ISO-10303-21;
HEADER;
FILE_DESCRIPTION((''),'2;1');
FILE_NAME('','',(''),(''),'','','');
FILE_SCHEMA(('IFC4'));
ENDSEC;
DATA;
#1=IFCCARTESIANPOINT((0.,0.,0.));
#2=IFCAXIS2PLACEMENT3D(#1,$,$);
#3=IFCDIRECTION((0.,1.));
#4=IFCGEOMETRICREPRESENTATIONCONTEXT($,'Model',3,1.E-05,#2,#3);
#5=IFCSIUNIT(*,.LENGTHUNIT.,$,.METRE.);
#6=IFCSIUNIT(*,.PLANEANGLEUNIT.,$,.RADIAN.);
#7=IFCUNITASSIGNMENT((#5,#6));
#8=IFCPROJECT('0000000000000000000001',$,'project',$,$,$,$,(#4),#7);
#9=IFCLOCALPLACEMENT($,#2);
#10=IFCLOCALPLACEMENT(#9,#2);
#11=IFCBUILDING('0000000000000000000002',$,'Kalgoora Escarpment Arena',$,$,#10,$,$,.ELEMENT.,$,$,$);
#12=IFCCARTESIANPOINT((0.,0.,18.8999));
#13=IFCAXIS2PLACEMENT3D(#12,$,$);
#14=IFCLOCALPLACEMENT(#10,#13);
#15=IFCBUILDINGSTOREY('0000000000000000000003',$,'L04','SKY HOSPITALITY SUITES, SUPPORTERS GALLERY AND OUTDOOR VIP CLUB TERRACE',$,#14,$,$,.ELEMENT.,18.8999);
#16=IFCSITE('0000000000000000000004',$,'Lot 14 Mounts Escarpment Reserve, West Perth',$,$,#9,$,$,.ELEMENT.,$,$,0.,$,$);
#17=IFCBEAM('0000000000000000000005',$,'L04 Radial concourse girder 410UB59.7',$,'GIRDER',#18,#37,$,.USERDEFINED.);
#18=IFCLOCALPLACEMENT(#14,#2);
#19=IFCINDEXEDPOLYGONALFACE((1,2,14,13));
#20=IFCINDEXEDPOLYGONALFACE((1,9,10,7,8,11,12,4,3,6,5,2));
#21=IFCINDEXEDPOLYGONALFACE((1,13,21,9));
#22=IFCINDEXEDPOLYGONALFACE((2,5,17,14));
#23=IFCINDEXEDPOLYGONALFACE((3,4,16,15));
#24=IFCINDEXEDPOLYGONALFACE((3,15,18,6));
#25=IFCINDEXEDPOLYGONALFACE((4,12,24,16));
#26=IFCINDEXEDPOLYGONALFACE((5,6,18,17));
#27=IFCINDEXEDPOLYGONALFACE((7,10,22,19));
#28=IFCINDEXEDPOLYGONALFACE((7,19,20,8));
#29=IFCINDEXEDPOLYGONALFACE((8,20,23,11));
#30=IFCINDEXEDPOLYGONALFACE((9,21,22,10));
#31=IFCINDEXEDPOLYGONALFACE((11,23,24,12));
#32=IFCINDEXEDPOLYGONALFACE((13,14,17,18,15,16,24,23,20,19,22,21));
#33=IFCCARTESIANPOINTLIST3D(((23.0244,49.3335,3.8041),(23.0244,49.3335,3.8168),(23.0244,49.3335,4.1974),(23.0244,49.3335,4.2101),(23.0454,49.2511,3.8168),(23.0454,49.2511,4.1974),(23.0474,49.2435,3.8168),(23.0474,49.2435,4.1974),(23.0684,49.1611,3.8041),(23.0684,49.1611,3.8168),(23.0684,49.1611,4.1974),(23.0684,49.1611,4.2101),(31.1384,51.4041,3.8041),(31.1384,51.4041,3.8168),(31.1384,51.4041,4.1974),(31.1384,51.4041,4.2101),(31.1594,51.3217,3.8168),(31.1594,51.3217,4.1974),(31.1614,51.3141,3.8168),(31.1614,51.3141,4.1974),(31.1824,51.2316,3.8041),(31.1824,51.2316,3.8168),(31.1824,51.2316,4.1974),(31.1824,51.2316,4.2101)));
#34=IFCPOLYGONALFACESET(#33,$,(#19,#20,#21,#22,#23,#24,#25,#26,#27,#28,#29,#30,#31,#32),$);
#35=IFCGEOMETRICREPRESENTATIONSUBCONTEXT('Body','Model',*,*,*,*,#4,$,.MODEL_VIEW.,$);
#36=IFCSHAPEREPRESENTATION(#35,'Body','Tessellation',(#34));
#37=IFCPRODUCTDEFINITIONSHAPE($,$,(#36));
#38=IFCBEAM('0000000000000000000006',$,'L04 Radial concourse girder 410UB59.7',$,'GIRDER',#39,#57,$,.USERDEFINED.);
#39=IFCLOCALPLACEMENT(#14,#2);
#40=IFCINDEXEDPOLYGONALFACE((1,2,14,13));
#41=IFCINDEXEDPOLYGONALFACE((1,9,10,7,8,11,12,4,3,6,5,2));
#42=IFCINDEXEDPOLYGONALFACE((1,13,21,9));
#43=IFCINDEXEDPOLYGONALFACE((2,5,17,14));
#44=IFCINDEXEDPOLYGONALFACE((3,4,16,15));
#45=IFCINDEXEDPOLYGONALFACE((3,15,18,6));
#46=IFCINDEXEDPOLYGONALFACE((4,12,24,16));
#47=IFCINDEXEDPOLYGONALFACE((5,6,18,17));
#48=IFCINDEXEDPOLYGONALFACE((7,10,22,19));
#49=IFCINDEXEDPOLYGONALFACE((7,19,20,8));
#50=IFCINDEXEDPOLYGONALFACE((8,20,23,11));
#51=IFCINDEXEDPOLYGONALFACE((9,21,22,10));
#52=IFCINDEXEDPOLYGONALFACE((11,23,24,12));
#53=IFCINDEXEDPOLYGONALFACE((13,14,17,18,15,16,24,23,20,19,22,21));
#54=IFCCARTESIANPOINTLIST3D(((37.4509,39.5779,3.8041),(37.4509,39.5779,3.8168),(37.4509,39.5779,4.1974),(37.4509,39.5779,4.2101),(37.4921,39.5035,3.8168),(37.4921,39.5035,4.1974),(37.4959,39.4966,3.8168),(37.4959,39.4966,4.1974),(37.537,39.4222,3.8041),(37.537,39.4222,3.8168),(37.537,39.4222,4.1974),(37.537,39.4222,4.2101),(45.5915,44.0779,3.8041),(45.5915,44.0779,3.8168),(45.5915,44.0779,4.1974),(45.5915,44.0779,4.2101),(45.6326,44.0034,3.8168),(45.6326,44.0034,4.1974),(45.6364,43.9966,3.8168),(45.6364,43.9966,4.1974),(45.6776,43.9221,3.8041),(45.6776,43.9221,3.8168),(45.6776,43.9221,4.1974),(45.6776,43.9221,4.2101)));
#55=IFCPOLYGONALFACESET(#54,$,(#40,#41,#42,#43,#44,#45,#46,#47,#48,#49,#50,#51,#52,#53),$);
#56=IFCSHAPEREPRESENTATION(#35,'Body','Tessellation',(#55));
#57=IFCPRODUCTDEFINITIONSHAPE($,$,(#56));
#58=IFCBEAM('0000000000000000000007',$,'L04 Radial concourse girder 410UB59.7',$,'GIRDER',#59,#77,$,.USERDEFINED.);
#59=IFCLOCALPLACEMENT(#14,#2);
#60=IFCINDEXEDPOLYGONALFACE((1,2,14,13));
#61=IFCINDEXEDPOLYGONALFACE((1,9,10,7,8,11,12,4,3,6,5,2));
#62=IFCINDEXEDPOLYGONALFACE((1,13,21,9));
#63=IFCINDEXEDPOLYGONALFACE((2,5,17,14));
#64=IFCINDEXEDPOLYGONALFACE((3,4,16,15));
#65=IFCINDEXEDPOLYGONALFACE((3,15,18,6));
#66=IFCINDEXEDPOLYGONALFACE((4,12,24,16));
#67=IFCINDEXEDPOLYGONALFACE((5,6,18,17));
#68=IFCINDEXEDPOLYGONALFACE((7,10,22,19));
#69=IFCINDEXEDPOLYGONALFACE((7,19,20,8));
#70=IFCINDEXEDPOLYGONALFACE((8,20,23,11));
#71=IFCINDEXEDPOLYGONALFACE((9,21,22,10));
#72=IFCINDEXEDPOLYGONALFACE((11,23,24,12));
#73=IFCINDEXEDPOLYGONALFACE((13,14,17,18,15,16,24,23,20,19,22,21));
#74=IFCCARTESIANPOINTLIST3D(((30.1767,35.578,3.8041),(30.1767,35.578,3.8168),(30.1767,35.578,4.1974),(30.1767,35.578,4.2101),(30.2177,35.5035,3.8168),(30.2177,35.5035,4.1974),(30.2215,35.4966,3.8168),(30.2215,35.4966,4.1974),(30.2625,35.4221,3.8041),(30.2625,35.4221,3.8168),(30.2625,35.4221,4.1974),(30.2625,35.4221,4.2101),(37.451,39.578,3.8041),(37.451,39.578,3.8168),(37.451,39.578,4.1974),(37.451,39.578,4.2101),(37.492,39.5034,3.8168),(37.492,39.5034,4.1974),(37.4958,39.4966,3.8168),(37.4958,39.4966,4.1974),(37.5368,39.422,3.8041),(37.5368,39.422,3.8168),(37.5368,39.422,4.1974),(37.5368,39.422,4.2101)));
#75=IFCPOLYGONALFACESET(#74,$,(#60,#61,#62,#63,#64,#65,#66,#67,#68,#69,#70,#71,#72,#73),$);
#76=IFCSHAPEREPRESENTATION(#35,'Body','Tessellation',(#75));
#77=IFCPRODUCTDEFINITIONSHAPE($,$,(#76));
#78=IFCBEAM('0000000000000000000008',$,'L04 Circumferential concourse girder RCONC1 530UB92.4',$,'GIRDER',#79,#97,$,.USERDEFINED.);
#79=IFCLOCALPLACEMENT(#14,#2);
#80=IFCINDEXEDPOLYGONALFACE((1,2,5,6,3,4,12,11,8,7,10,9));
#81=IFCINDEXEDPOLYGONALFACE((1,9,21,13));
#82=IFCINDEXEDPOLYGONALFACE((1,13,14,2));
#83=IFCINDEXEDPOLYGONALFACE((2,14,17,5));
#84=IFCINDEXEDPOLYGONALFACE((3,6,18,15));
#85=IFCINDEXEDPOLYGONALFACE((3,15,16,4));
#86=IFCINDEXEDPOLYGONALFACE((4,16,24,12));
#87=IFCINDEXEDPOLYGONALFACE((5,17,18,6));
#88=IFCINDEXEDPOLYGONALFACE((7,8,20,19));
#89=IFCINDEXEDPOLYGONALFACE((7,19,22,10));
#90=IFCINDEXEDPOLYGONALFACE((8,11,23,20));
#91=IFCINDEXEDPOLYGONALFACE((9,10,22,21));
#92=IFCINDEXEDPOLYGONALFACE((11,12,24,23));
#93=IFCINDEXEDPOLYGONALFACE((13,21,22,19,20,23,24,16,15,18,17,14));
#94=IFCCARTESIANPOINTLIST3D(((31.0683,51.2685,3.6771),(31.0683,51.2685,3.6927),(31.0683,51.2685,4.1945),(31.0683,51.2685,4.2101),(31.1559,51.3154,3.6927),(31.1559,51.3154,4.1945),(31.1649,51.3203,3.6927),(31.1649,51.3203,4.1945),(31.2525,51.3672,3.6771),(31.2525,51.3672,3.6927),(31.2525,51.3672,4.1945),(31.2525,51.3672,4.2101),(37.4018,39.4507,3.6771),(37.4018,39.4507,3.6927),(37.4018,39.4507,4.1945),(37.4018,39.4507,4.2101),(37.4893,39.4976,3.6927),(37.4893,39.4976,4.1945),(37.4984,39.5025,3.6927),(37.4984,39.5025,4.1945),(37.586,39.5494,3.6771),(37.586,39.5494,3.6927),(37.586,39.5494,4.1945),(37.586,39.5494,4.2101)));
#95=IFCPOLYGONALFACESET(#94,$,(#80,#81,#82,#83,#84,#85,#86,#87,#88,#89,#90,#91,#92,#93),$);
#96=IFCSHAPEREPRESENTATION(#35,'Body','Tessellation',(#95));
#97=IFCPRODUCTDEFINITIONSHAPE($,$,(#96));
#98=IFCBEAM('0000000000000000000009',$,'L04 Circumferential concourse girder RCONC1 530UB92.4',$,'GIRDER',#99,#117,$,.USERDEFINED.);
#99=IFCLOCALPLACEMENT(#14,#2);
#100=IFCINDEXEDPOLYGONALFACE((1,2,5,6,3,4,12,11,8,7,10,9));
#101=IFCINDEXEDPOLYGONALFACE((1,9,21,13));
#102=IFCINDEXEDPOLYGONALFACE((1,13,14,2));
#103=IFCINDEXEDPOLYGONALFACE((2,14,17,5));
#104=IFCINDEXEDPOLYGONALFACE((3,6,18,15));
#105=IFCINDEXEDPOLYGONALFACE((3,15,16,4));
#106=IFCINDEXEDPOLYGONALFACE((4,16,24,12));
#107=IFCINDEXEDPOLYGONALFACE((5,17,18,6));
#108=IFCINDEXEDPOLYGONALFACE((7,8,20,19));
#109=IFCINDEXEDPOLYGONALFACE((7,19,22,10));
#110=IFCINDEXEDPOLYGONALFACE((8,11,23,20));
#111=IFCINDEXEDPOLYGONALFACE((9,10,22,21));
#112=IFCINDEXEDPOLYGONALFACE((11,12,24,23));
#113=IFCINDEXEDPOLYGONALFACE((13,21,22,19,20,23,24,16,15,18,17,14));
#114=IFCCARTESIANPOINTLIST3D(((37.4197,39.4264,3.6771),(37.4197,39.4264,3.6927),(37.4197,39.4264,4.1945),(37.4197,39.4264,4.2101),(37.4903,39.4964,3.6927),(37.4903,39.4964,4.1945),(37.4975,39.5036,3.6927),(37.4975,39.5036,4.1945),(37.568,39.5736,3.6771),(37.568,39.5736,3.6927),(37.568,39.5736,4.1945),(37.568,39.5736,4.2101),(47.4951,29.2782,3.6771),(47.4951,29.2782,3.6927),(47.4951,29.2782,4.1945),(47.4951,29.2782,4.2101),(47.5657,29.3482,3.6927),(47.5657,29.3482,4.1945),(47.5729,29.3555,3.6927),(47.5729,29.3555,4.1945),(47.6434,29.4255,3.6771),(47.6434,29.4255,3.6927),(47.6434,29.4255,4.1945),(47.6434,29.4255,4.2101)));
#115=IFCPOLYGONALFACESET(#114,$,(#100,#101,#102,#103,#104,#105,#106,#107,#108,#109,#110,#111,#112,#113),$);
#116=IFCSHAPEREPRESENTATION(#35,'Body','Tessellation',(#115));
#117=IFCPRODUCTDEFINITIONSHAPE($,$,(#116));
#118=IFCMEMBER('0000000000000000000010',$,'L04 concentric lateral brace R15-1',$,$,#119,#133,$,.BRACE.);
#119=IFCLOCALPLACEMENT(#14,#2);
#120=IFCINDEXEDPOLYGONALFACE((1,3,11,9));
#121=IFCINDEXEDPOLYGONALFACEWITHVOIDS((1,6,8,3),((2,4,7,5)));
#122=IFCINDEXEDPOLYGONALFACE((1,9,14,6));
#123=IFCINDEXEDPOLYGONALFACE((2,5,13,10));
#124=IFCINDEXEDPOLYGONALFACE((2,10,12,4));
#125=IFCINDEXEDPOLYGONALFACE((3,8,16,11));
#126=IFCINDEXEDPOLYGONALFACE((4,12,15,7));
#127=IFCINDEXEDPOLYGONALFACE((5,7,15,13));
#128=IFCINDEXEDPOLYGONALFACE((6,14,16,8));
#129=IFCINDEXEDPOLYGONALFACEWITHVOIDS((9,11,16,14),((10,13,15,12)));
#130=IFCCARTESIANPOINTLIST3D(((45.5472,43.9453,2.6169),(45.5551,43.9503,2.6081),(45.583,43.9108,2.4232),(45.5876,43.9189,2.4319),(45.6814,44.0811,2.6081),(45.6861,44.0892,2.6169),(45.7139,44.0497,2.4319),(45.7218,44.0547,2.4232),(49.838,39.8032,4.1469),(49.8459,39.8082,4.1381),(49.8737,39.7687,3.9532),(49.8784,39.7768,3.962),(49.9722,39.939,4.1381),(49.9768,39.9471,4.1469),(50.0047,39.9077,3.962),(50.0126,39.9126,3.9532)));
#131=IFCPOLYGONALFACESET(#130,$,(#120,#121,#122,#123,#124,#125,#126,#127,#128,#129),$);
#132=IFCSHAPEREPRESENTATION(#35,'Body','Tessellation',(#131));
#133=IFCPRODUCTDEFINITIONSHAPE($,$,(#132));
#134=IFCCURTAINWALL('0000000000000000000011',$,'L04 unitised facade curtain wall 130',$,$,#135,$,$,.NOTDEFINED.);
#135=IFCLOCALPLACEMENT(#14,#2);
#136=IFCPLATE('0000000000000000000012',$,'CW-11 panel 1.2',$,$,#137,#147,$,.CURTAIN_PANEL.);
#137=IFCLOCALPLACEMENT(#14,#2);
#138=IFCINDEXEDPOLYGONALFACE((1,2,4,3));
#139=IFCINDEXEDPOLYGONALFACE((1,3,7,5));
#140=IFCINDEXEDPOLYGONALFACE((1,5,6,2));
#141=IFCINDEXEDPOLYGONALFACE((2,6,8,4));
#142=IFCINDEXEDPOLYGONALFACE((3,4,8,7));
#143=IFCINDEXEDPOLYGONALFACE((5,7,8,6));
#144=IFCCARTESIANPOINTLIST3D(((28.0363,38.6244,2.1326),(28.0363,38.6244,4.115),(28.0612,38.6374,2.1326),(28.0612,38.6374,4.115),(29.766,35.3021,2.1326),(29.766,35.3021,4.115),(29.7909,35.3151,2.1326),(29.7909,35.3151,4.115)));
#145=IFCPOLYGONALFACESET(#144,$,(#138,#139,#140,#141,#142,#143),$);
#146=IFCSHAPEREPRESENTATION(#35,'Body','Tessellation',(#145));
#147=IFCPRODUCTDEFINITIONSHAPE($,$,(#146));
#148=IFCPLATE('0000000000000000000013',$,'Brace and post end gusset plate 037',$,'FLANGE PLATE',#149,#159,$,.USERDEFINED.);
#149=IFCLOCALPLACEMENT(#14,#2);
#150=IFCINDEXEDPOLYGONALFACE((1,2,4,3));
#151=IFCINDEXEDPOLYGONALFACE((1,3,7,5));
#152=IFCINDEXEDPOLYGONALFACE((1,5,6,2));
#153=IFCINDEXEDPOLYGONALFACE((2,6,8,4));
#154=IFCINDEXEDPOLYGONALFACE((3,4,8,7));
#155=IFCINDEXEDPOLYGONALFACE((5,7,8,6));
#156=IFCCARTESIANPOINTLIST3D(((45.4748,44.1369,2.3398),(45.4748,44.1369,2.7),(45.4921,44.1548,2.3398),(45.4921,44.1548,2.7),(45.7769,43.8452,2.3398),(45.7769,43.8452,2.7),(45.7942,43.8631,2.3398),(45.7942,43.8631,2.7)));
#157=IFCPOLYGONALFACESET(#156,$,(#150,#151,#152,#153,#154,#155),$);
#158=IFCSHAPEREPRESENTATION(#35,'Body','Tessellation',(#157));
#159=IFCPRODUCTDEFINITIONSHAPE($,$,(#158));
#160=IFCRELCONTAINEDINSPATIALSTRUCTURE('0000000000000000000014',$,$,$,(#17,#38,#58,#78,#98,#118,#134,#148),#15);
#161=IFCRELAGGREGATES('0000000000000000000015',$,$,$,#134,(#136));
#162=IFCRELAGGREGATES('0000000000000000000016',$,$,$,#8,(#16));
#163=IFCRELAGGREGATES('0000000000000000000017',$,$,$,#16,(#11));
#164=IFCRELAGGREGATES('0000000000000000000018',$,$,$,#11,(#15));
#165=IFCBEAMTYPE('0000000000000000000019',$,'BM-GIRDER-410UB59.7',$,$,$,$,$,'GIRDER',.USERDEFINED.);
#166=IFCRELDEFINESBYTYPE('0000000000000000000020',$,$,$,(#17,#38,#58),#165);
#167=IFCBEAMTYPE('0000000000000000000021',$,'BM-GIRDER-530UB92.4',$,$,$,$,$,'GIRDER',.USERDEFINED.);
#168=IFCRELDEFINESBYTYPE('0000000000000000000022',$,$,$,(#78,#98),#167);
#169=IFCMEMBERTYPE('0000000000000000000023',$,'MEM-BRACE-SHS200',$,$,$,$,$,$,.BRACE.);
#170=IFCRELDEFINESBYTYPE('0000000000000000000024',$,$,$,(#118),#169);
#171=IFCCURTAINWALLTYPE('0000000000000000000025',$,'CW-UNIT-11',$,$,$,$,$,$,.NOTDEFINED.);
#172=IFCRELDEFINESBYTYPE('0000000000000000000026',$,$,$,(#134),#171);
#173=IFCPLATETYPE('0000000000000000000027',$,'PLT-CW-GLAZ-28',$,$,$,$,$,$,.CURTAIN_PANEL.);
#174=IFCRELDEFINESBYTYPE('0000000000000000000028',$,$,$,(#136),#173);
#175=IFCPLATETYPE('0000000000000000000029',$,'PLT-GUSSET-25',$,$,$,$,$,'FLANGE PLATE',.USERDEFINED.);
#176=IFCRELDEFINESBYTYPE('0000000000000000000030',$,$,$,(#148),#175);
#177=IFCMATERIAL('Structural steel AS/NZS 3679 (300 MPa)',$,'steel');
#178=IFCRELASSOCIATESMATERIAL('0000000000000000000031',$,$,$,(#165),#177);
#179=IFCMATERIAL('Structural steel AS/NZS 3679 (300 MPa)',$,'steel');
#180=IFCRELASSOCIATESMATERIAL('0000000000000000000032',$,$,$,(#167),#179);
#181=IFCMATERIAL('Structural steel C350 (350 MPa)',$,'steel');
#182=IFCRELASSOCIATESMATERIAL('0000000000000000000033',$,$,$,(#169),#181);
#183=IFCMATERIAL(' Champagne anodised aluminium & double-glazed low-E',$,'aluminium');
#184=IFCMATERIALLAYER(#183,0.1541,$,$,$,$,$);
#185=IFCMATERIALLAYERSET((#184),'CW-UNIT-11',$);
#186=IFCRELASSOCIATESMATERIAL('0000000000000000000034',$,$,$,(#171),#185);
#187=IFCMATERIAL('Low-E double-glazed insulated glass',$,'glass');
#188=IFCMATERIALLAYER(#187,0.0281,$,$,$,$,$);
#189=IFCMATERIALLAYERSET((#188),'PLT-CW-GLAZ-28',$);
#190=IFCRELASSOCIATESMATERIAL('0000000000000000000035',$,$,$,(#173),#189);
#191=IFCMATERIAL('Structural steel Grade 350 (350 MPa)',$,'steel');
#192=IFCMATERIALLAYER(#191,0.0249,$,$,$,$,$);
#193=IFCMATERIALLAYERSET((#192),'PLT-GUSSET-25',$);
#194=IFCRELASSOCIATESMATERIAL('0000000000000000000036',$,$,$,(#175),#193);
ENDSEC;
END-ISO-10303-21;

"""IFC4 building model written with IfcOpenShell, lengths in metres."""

from ifc_helpers import new_model, si_unit, direction, frame, origin, origin_2d, place, context, subcontext, project, spatial, rectangle, hollow_rectangle, i_section, extrude, material, layer, layer_set, material_profile, profile_set, type_object, element, aggregate, save


model = new_model("IFC4")

# Units and contexts
model_context = context("Model", 3, precision=1e-05, world=origin(), true_north=direction((0.0, 1.0)))
body_context = subcontext(model_context, "Body", "Model", "MODEL_VIEW")
ifc_project = project(units=[si_unit("LENGTHUNIT", "METRE"), si_unit("PLANEANGLEUNIT", "RADIAN")], contexts=[model_context])

# Site, building, storey
site_placement = place(None, origin())
site = spatial("IfcSite", under=ifc_project, at=site_placement, Name="Lot 14 Mounts Escarpment Reserve, West Perth", CompositionType="ELEMENT", RefElevation=0.0)
building_placement = place(site_placement, origin())
building = spatial("IfcBuilding", under=site, at=building_placement, Name="Kalgoora Escarpment Arena", CompositionType="ELEMENT")
storey_placement = place(building_placement, frame((0.0, 0.0, 18.8999)))
storey = spatial("IfcBuildingStorey", under=building, at=storey_placement, Name="L04", Description="SKY HOSPITALITY SUITES, SUPPORTERS GALLERY AND OUTDOOR VIP CLUB TERRACE", CompositionType="ELEMENT", Elevation=18.8999)

# Beams
ifc_material_1 = material(Name="Structural steel AS/NZS 3679 (300 MPa)", Category="steel")
ifc_material_profile_1 = material_profile(ifc_material_1, i_section(OverallWidth=0.178, OverallDepth=0.406, WebThickness=0.0078, FlangeThickness=0.0127, at=origin_2d()))
ifc_profile_set_1 = profile_set([ifc_material_profile_1], Name="Structural steel AS/NZS 3679 (300 MPa)")
beam_type_1 = type_object("IfcBeamType", Name="BM-GIRDER-410UB59.7", ElementType="GIRDER", PredefinedType="USERDEFINED", material=ifc_profile_set_1)
beam_1_placement = place(storey_placement, frame((31.1604, 51.3179, 4.0071), z_axis=(-0.968949, -0.247259, 0.0), x_axis=(0.247259, -0.968949, 0.0)))
element("IfcBeam", 1, at=beam_1_placement, inside=storey, type_object=beam_type_1, Name="L04 Radial concourse girder 410UB59.7", ObjectType="GIRDER", PredefinedType="USERDEFINED", context=body_context, shape_type="SweptSolid", body=[
    extrude(i_section(OverallWidth=0.178, OverallDepth=0.406, WebThickness=0.0078, FlangeThickness=0.0127, at=origin_2d()), origin(), (0.0, 0.0, 1.0), 8.374),
])
beam_2_placement = place(storey_placement, frame((45.6345, 44.0, 4.0071), z_axis=(-0.875185, -0.483788, 0.0), x_axis=(0.483788, -0.875185, 0.0)))
element("IfcBeam", 2, at=beam_2_placement, inside=storey, type_object=beam_type_1, Name="L04 Radial concourse girder 410UB59.7", ObjectType="GIRDER", PredefinedType="USERDEFINED", context=body_context, shape_type="SweptSolid", body=[
    extrude(i_section(OverallWidth=0.178, OverallDepth=0.406, WebThickness=0.0078, FlangeThickness=0.0127, at=origin_2d()), origin(), (0.0, 0.0, 1.0), 9.3015),
])
beam_3_placement = place(storey_placement, frame((37.4939, 39.5, 4.0071), z_axis=(-0.876263, -0.481833, 0.0), x_axis=(0.481833, -0.876263, 0.0)))
element("IfcBeam", 3, at=beam_3_placement, inside=storey, type_object=beam_type_1, Name="L04 Radial concourse girder 410UB59.7", ObjectType="GIRDER", PredefinedType="USERDEFINED", context=body_context, shape_type="SweptSolid", body=[
    extrude(i_section(OverallWidth=0.178, OverallDepth=0.406, WebThickness=0.0078, FlangeThickness=0.0127, at=origin_2d()), origin(), (0.0, 0.0, 1.0), 8.3015),
])
ifc_material_2 = material(Name="Structural steel AS/NZS 3679 (300 MPa)", Category="steel")
ifc_material_profile_2 = material_profile(ifc_material_2, i_section(OverallWidth=0.209, OverallDepth=0.533, WebThickness=0.0103, FlangeThickness=0.0156, at=origin_2d()))
ifc_profile_set_2 = profile_set([ifc_material_profile_2], Name="Structural steel AS/NZS 3679 (300 MPa)")
beam_type_2 = type_object("IfcBeamType", Name="BM-GIRDER-530UB92.4", ElementType="GIRDER", PredefinedType="USERDEFINED", material=ifc_profile_set_2)
beam_4_placement = place(storey_placement, frame((31.1604, 51.3179, 3.9436), z_axis=(0.472366, -0.881403, 0.0), x_axis=(0.881403, 0.472366, 0.0)))
element("IfcBeam", 4, at=beam_4_placement, inside=storey, type_object=beam_type_2, Name="L04 Circumferential concourse girder RCONC1 530UB92.4", ObjectType="GIRDER", PredefinedType="USERDEFINED", context=body_context, shape_type="SweptSolid", body=[
    extrude(i_section(OverallWidth=0.209, OverallDepth=0.533, WebThickness=0.0103, FlangeThickness=0.0156, at=origin_2d()), origin(), (0.0, 0.0, 1.0), 13.408),
])
beam_5_placement = place(storey_placement, frame((37.4939, 39.5, 3.9436), z_axis=(0.704558, -0.709646, 0.0), x_axis=(0.709646, 0.704558, 0.0)))
element("IfcBeam", 5, at=beam_5_placement, inside=storey, type_object=beam_type_2, Name="L04 Circumferential concourse girder RCONC1 530UB92.4", ObjectType="GIRDER", PredefinedType="USERDEFINED", context=body_context, shape_type="SweptSolid", body=[
    extrude(i_section(OverallWidth=0.209, OverallDepth=0.533, WebThickness=0.0103, FlangeThickness=0.0156, at=origin_2d()), origin(), (0.0, 0.0, 1.0), 14.3003),
])

# Member
ifc_material_3 = material(Name="Structural steel C350 (350 MPa)", Category="steel")
ifc_material_profile_3 = material_profile(ifc_material_3, hollow_rectangle(XDim=0.2, YDim=0.2, WallThickness=0.009, at=origin_2d()))
ifc_profile_set_3 = profile_set([ifc_material_profile_3], Name="Structural steel C350 (350 MPa)")
member_type = type_object("IfcMemberType", Name="MEM-BRACE-SHS200", PredefinedType="BRACE", material=ifc_profile_set_3)
member_placement = place(storey_placement, frame((45.6345, 44.0, 2.52), z_axis=(0.696893, -0.672745, 0.248503), x_axis=(0.694532, 0.719462, 0.0)))
element("IfcMember", 6, at=member_placement, inside=storey, type_object=member_type, Name="L04 concentric lateral brace R15-1", PredefinedType="BRACE", context=body_context, shape_type="SweptSolid", body=[
    extrude(hollow_rectangle(XDim=0.2, YDim=0.2, WallThickness=0.009, at=origin_2d()), origin(), (0.0, 0.0, 1.0), 6.157),
])

# Curtain wall, plate
ifc_material_4 = material(Name=" Champagne anodised aluminium & double-glazed low-E", Category="aluminium")
ifc_layer_1 = layer(ifc_material_4, 0.1541)
ifc_layer_set_1 = layer_set([ifc_layer_1], Name="CW-UNIT-11")
curtain_wall_type = type_object("IfcCurtainWallType", Name="CW-UNIT-11", PredefinedType="NOTDEFINED", material=ifc_layer_set_1)
curtain_wall_placement = place(storey_placement, origin())
curtain_wall = element("IfcCurtainWall", 7, at=curtain_wall_placement, inside=storey, type_object=curtain_wall_type, Name="L04 unitised facade curtain wall 130", PredefinedType="NOTDEFINED")
ifc_material_5 = material(Name="Low-E double-glazed insulated glass", Category="glass")
ifc_layer_2 = layer(ifc_material_5, 0.0281)
ifc_layer_set_2 = layer_set([ifc_layer_2], Name="PLT-CW-GLAZ-28")
plate_type_1 = type_object("IfcPlateType", Name="PLT-CW-GLAZ-28", PredefinedType="CURTAIN_PANEL", material=ifc_layer_set_2)
plate_1_placement = place(storey_placement, frame((28.9136, 36.9697, 2.1326), z_axis=(0.0, 0.0, 1.0), x_axis=(-0.461796, 0.886986, 0.0)))
plate_1 = element("IfcPlate", 8, at=plate_1_placement, type_object=plate_type_1, Name="CW-11 panel 1.2", PredefinedType="CURTAIN_PANEL", context=body_context, shape_type="SweptSolid", body=[
    extrude(rectangle(XDim=3.7456, YDim=0.0281, at=origin_2d()), origin(), (0.0, 0.0, 1.0), 1.9824),
])
aggregate(curtain_wall, [plate_1])

# Plate
ifc_material_6 = material(Name="Structural steel Grade 350 (350 MPa)", Category="steel")
ifc_layer_3 = layer(ifc_material_6, 0.0249)
ifc_layer_set_3 = layer_set([ifc_layer_3], Name="PLT-GUSSET-25")
plate_type_2 = type_object("IfcPlateType", Name="PLT-GUSSET-25", ElementType="FLANGE PLATE", PredefinedType="USERDEFINED", material=ifc_layer_set_3)
plate_2_placement = place(storey_placement, frame((45.6345, 44.0, 2.3398), z_axis=(0.0, 0.0, 1.0), x_axis=(0.71934, -0.694658, 0.0)))
element("IfcPlate", 9, at=plate_2_placement, inside=storey, type_object=plate_type_2, Name="Brace and post end gusset plate 037", ObjectType="FLANGE PLATE", PredefinedType="USERDEFINED", context=body_context, shape_type="SweptSolid", body=[
    extrude(rectangle(XDim=0.4199, YDim=0.0249, at=origin_2d()), origin(), (0.0, 0.0, 1.0), 0.3601),
])

save(model, "model.ifc")
